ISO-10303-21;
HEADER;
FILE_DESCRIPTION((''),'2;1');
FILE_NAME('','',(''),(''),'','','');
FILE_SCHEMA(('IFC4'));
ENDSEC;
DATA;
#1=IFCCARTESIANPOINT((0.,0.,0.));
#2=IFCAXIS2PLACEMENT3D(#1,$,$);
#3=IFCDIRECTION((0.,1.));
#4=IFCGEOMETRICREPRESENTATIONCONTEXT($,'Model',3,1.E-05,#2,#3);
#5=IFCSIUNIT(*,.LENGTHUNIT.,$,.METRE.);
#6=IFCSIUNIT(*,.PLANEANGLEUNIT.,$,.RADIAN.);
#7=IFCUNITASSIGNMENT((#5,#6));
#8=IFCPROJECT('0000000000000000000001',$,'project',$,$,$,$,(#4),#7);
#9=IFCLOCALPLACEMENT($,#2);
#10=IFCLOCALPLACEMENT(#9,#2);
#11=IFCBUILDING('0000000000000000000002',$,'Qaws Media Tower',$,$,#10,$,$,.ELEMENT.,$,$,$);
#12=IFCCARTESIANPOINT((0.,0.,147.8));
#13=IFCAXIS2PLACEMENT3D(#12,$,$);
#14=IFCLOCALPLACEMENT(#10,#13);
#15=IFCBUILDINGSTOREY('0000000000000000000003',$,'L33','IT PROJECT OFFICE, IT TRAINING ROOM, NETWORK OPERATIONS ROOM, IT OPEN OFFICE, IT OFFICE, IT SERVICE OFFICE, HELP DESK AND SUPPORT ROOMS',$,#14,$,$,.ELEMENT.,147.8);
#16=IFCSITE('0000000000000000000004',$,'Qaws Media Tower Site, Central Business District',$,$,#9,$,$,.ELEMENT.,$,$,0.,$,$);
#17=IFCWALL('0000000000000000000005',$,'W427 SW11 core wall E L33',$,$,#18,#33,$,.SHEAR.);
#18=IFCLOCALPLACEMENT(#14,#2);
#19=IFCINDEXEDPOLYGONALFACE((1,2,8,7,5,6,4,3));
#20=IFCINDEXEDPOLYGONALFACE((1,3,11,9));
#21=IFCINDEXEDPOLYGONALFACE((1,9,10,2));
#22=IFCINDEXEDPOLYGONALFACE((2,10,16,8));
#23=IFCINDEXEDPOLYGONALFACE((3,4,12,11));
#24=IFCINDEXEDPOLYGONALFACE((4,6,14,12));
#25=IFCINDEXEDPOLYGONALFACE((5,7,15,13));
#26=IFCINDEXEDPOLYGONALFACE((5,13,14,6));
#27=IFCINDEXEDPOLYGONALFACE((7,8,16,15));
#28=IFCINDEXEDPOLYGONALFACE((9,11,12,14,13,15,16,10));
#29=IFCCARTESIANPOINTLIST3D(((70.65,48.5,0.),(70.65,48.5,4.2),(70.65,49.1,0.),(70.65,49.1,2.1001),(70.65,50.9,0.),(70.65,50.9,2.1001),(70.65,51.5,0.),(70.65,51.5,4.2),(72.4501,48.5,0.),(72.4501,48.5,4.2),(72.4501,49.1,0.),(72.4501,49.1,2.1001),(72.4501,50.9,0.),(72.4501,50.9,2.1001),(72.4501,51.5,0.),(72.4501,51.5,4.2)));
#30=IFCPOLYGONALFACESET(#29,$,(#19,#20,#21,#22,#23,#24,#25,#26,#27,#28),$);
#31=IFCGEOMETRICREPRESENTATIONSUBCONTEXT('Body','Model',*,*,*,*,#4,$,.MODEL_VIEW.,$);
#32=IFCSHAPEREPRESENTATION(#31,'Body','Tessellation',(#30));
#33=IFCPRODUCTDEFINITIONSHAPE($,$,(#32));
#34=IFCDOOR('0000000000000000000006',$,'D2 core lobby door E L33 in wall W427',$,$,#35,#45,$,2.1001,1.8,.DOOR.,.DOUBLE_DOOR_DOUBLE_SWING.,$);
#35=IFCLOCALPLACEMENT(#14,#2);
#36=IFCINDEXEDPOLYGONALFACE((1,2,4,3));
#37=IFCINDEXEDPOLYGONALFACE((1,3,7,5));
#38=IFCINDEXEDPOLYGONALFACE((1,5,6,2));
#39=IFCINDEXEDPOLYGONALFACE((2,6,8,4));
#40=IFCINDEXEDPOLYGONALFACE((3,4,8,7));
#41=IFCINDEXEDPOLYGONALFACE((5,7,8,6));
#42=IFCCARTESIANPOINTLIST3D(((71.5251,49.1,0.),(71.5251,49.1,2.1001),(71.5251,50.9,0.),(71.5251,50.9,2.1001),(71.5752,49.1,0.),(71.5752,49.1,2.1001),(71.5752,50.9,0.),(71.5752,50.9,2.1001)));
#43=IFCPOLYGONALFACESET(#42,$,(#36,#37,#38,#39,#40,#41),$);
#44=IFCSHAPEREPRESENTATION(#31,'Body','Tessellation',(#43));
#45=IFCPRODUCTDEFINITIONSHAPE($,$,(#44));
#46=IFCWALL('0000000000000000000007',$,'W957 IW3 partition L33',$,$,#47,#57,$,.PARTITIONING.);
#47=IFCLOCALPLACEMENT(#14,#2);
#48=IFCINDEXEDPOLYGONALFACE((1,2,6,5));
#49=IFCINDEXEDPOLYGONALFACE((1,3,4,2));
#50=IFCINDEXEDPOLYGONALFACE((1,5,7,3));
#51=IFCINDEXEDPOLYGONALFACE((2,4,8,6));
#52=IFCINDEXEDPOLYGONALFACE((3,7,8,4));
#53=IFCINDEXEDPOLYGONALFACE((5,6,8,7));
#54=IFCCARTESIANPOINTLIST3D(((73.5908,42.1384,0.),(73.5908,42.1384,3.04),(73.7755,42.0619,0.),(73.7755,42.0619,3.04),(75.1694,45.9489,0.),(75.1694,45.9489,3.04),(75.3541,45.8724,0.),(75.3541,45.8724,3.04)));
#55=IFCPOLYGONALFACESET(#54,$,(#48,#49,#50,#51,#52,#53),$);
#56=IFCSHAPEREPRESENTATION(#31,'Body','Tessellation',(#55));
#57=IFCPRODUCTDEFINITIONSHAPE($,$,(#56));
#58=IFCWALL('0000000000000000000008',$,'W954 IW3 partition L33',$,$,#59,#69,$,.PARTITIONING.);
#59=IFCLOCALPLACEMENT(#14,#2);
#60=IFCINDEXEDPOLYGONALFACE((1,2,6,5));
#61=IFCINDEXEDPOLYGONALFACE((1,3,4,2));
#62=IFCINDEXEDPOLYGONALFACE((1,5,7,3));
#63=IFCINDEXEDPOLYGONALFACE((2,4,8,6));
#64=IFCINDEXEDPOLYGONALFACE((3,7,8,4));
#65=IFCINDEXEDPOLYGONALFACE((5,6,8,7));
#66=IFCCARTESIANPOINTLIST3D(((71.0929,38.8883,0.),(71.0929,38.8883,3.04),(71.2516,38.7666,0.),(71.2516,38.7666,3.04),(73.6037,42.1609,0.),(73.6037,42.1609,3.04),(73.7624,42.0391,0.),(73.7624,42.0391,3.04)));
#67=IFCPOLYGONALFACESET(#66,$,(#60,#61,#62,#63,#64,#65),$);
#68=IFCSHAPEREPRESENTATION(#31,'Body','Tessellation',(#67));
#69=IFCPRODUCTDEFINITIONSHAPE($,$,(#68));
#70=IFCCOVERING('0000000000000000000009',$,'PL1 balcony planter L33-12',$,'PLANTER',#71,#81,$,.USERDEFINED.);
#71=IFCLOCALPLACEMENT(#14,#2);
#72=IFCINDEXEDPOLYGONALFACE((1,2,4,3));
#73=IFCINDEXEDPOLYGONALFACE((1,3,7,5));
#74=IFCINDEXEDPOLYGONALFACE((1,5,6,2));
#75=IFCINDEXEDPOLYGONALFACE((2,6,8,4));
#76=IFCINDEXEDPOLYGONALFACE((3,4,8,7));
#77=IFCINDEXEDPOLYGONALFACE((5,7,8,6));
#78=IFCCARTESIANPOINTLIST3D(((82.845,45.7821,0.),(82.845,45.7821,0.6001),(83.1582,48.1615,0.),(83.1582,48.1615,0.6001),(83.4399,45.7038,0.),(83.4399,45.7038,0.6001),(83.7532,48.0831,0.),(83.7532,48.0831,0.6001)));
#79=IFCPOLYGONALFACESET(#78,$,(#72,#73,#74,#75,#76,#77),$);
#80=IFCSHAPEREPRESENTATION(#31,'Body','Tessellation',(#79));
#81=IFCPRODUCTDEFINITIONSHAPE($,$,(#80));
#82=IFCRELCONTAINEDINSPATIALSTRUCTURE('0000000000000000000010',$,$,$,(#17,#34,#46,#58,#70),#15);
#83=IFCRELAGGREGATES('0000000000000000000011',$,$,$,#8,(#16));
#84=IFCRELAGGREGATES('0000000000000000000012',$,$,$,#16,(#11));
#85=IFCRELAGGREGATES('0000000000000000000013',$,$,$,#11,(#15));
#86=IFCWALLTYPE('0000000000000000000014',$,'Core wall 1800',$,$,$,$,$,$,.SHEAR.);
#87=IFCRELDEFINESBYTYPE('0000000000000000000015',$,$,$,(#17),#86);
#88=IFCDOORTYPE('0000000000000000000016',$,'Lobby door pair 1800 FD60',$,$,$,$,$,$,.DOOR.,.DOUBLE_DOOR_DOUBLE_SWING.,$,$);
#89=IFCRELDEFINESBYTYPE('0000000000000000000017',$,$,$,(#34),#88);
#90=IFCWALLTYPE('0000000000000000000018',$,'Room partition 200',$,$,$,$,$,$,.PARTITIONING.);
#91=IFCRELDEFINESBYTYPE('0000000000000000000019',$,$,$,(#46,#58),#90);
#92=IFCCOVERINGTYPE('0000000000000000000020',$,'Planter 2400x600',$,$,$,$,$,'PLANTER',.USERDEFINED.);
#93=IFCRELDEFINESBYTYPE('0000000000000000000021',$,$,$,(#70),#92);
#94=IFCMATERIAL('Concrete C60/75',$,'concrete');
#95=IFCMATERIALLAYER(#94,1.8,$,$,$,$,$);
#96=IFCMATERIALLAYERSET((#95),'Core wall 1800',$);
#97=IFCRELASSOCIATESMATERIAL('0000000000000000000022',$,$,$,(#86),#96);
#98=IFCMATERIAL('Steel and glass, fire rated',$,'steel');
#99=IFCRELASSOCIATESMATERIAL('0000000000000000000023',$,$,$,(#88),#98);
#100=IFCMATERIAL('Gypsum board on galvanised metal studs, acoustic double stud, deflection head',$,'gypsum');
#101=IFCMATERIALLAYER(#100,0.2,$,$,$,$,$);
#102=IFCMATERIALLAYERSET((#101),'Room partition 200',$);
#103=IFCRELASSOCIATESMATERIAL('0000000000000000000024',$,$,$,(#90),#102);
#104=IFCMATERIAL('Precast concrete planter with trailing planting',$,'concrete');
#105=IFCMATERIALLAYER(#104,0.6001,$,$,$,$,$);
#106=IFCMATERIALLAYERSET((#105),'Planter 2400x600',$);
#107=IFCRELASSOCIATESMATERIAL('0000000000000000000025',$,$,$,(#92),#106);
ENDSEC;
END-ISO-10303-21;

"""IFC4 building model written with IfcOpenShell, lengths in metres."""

from ifc_helpers import new_model, si_unit, direction, frame, frame_2d, origin, origin_2d, place, context, subcontext, project, spatial, rectangle, extrude, material, layer, layer_set, type_object, element, fill, save


model = new_model("IFC4")

# Units and contexts
model_context = context("Model", 3, precision=1e-05, world=origin(), true_north=direction((0.0, 1.0)))
body_context = subcontext(model_context, "Body", "Model", "MODEL_VIEW")
ifc_project = project(units=[si_unit("LENGTHUNIT", "METRE"), si_unit("PLANEANGLEUNIT", "RADIAN")], contexts=[model_context])

# Site, building, storey
site_placement = place(None, origin())
site = spatial("IfcSite", under=ifc_project, at=site_placement, Name="Qaws Media Tower Site, Central Business District", CompositionType="ELEMENT", RefElevation=0.0)
building_placement = place(site_placement, origin())
building = spatial("IfcBuilding", under=site, at=building_placement, Name="Qaws Media Tower", CompositionType="ELEMENT")
storey_placement = place(building_placement, frame((0.0, 0.0, 147.8)))
storey = spatial("IfcBuildingStorey", under=building, at=storey_placement, Name="L33", Description="IT PROJECT OFFICE, IT TRAINING ROOM, NETWORK OPERATIONS ROOM, IT OPEN OFFICE, IT OFFICE, IT SERVICE OFFICE, HELP DESK AND SUPPORT ROOMS", CompositionType="ELEMENT", Elevation=147.8)

# Shared definitions
ifc_material_1 = material(Name="Concrete C60/75", Category="concrete")
ifc_layer_1 = layer(ifc_material_1, 1.8)
ifc_layer_set_1 = layer_set([ifc_layer_1], Name="Core wall 1800")
wall_type_1 = type_object("IfcWallType", Name="Core wall 1800", PredefinedType="SHEAR", material=ifc_layer_set_1)

# Wall, opening, door
wall_1_placement = place(storey_placement, frame((71.55, 48.5, 0.0), z_axis=(0.0, 0.0, 1.0), x_axis=(0.0, 1.0, 0.0)))
wall_1 = element("IfcWall", 1, at=wall_1_placement, inside=storey, type_object=wall_type_1, Name="W427 SW11 core wall E L33", PredefinedType="SHEAR", context=body_context, shape_type="SweptSolid", body=[
    extrude(rectangle(XDim=3.0, YDim=1.8, at=frame_2d((1.5, 0.0))), origin(), (0.0, 0.0, 1.0), 4.2),
])
opening_placement = place(wall_1_placement, frame((0.6001, 0.0, 0.0)))
opening = element("IfcOpeningElement", 2, at=opening_placement, cuts=wall_1, PredefinedType="OPENING", context=body_context, shape_type="SweptSolid", body=[
    extrude(rectangle(XDim=1.8, YDim=2.1001, at=frame_2d((0.8999, 1.05))), frame((0.0, 0.9099, 0.0), z_axis=(0.0, -1.0, 0.0), x_axis=(1.0, 0.0, 0.0)), (0.0, 0.0, 1.0), 1.8201),
])
ifc_material_2 = material(Name="Steel and glass, fire rated", Category="steel")
door_type = type_object("IfcDoorType", Name="Lobby door pair 1800 FD60", OperationType="DOUBLE_DOOR_DOUBLE_SWING", PredefinedType="DOOR", material=ifc_material_2)
door_placement = place(opening_placement, origin())
door = element("IfcDoor", 3, at=door_placement, inside=storey, type_object=door_type, Name="D2 core lobby door E L33 in wall W427", OperationType="DOUBLE_DOOR_DOUBLE_SWING", OverallHeight=2.1001, OverallWidth=1.8, PredefinedType="DOOR", context=body_context, shape_type="SweptSolid", body=[
    extrude(rectangle(XDim=1.8, YDim=2.1001, at=frame_2d((0.8999, 1.05))), frame((0.0, 0.0249, 0.0), z_axis=(0.0, -1.0, 0.0), x_axis=(1.0, 0.0, 0.0)), (0.0, 0.0, 1.0), 0.05),
])
fill(opening, door)

# Walls
ifc_material_3 = material(Name="Gypsum board on galvanised metal studs, acoustic double stud, deflection head", Category="gypsum")
ifc_layer_2 = layer(ifc_material_3, 0.2)
ifc_layer_set_2 = layer_set([ifc_layer_2], Name="Room partition 200")
wall_type_2 = type_object("IfcWallType", Name="Room partition 200", PredefinedType="PARTITIONING", material=ifc_layer_set_2)
wall_2_placement = place(storey_placement, frame((75.2617, 45.9106, 0.0), z_axis=(0.0, 0.0, 1.0), x_axis=(-0.382732, -0.92386, 0.0)))
element("IfcWall", 4, at=wall_2_placement, inside=storey, type_object=wall_type_2, Name="W957 IW3 partition L33", PredefinedType="PARTITIONING", context=body_context, shape_type="SweptSolid", body=[
    extrude(rectangle(XDim=4.1245, YDim=0.2, at=frame_2d((2.0623, 0.0))), origin(), (0.0, 0.0, 1.0), 3.04),
])
wall_3_placement = place(storey_placement, frame((73.6831, 42.1001, 0.0), z_axis=(0.0, 0.0, 1.0), x_axis=(-0.608715, -0.793389, 0.0)))
element("IfcWall", 5, at=wall_3_placement, inside=storey, type_object=wall_type_2, Name="W954 IW3 partition L33", PredefinedType="PARTITIONING", context=body_context, shape_type="SweptSolid", body=[
    extrude(rectangle(XDim=4.1248, YDim=0.2, at=frame_2d((2.0625, 0.0))), origin(), (0.0, 0.0, 1.0), 3.04),
])

# Covering
ifc_material_4 = material(Name="Precast concrete planter with trailing planting", Category="concrete")
ifc_layer_3 = layer(ifc_material_4, 0.6001)
ifc_layer_set_3 = layer_set([ifc_layer_3], Name="Planter 2400x600")
covering_type = type_object("IfcCoveringType", Name="Planter 2400x600", ElementType="PLANTER", PredefinedType="USERDEFINED", material=ifc_layer_set_3)
covering_placement = place(storey_placement, frame((83.2991, 46.9326, 0.0), z_axis=(0.0, 0.0, 1.0), x_axis=(0.130526, 0.991445, 0.0)))
element("IfcCovering", 6, at=covering_placement, inside=storey, type_object=covering_type, Name="PL1 balcony planter L33-12", ObjectType="PLANTER", PredefinedType="USERDEFINED", context=body_context, shape_type="SweptSolid", body=[
    extrude(rectangle(XDim=2.3999, YDim=0.6001, at=origin_2d()), origin(), (0.0, 0.0, 1.0), 0.6001),
])

save(model, "model.ifc")
